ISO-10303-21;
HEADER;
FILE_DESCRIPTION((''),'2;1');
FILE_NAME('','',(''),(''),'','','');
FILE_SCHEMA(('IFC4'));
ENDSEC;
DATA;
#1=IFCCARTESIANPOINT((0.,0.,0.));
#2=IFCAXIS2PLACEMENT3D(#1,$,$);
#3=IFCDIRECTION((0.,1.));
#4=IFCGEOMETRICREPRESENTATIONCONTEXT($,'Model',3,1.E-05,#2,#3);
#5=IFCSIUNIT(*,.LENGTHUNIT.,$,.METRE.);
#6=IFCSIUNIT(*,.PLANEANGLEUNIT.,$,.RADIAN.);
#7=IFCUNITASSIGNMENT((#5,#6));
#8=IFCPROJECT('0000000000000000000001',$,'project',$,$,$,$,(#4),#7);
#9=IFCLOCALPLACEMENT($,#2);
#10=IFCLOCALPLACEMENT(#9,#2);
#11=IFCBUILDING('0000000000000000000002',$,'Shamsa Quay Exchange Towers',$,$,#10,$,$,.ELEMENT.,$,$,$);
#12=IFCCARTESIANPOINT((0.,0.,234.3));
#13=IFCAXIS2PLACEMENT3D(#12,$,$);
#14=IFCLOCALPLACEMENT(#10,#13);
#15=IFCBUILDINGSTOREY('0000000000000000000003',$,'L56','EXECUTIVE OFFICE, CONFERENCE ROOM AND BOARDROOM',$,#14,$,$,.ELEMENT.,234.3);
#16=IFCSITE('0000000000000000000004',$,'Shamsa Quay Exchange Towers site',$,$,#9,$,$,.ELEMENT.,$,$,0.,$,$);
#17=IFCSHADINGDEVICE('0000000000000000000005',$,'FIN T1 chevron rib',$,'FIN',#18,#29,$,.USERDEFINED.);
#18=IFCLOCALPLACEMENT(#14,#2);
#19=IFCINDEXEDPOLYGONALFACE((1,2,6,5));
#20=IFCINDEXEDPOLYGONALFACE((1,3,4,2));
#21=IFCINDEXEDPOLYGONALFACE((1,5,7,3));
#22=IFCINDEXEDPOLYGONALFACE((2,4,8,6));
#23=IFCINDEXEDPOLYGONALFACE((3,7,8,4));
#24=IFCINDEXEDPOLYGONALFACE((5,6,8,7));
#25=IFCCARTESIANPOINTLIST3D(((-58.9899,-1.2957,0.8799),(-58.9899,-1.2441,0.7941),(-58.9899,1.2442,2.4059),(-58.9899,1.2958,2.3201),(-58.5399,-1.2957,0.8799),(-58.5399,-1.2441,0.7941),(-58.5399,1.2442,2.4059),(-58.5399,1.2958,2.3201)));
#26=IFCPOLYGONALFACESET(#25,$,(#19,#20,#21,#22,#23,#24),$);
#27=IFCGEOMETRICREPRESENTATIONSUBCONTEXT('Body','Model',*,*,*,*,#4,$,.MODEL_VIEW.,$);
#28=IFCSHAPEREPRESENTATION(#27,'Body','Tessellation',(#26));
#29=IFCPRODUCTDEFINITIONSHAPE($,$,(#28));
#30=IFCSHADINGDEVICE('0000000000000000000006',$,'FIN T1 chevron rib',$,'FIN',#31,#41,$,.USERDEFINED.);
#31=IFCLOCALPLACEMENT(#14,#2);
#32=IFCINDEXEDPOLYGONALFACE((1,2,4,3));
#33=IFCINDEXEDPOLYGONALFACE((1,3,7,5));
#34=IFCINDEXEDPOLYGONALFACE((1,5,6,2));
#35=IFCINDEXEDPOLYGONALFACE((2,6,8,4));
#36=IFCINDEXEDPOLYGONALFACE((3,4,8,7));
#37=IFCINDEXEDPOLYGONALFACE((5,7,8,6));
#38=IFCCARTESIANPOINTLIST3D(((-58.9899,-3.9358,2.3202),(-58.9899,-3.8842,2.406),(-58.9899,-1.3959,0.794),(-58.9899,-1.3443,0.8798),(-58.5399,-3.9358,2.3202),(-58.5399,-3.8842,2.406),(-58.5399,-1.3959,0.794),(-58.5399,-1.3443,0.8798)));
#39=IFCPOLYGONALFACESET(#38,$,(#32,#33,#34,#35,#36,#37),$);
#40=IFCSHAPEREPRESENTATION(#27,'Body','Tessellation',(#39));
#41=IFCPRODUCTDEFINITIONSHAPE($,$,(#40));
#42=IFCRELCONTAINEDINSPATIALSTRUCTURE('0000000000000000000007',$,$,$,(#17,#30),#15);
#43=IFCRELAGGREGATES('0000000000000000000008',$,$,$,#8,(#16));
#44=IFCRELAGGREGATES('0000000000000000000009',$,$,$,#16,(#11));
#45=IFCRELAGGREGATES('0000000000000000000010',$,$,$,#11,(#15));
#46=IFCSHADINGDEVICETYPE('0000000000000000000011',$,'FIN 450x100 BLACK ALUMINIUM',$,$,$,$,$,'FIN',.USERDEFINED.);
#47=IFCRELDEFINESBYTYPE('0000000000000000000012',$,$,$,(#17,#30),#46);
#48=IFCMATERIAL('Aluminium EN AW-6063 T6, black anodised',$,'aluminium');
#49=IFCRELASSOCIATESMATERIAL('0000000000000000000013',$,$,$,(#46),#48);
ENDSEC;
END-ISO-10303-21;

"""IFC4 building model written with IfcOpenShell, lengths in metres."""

from ifc_helpers import new_model, si_unit, direction, frame, origin, origin_2d, place, context, subcontext, project, spatial, rectangle, extrude, material, material_profile, profile_set, type_object, element, save


model = new_model("IFC4")

# Units and contexts
model_context = context("Model", 3, precision=1e-05, world=origin(), true_north=direction((0.0, 1.0)))
body_context = subcontext(model_context, "Body", "Model", "MODEL_VIEW")
ifc_project = project(units=[si_unit("LENGTHUNIT", "METRE"), si_unit("PLANEANGLEUNIT", "RADIAN")], contexts=[model_context])

# Site, building, storey
site_placement = place(None, origin())
site = spatial("IfcSite", under=ifc_project, at=site_placement, Name="Shamsa Quay Exchange Towers site", CompositionType="ELEMENT", RefElevation=0.0)
building_placement = place(site_placement, origin())
building = spatial("IfcBuilding", under=site, at=building_placement, Name="Shamsa Quay Exchange Towers", CompositionType="ELEMENT")
storey_placement = place(building_placement, frame((0.0, 0.0, 234.3)))
storey = spatial("IfcBuildingStorey", under=building, at=storey_placement, Name="L56", Description="EXECUTIVE OFFICE, CONFERENCE ROOM AND BOARDROOM", CompositionType="ELEMENT", Elevation=234.3)

# Shared definitions
ifc_material_1 = material(Name="Aluminium EN AW-6063 T6, black anodised", Category="aluminium")

# Shading devices
ifc_material_profile_1 = material_profile(ifc_material_1, rectangle(XDim=0.45, YDim=0.1001, at=origin_2d()), Name="FIN450x100")
ifc_profile_set_1 = profile_set([ifc_material_profile_1], Name="Aluminium EN AW-6063 T6, black anodised")
shading_device_type = type_object("IfcShadingDeviceType", Name="FIN 450x100 BLACK ALUMINIUM", ElementType="FIN", PredefinedType="USERDEFINED", material=ifc_profile_set_1)
for number, where, z_axis, x_axis, name in (
    (1, (-58.7649, 1.27, 2.363), (0.0, -0.85718, -0.515017), (1.0, 0.0, 0.0), "FIN T1 chevron rib"),
    (2, (-58.7649, -1.3701, 0.8369), (0.0, -0.857158, 0.515053), (1.0, 0.0, 0.0), "FIN T1 chevron rib"),
):
    element("IfcShadingDevice", number, at=place(storey_placement, frame(where, z_axis=z_axis, x_axis=x_axis)), inside=storey, type_object=shading_device_type, Name=name, ObjectType="FIN", PredefinedType="USERDEFINED", context=body_context, shape_type="SweptSolid", body=[
        extrude(rectangle(XDim=0.45, YDim=0.1001, at=origin_2d()), origin(), (0.0, 0.0, 1.0), 2.9631),
    ])

save(model, "model.ifc")
